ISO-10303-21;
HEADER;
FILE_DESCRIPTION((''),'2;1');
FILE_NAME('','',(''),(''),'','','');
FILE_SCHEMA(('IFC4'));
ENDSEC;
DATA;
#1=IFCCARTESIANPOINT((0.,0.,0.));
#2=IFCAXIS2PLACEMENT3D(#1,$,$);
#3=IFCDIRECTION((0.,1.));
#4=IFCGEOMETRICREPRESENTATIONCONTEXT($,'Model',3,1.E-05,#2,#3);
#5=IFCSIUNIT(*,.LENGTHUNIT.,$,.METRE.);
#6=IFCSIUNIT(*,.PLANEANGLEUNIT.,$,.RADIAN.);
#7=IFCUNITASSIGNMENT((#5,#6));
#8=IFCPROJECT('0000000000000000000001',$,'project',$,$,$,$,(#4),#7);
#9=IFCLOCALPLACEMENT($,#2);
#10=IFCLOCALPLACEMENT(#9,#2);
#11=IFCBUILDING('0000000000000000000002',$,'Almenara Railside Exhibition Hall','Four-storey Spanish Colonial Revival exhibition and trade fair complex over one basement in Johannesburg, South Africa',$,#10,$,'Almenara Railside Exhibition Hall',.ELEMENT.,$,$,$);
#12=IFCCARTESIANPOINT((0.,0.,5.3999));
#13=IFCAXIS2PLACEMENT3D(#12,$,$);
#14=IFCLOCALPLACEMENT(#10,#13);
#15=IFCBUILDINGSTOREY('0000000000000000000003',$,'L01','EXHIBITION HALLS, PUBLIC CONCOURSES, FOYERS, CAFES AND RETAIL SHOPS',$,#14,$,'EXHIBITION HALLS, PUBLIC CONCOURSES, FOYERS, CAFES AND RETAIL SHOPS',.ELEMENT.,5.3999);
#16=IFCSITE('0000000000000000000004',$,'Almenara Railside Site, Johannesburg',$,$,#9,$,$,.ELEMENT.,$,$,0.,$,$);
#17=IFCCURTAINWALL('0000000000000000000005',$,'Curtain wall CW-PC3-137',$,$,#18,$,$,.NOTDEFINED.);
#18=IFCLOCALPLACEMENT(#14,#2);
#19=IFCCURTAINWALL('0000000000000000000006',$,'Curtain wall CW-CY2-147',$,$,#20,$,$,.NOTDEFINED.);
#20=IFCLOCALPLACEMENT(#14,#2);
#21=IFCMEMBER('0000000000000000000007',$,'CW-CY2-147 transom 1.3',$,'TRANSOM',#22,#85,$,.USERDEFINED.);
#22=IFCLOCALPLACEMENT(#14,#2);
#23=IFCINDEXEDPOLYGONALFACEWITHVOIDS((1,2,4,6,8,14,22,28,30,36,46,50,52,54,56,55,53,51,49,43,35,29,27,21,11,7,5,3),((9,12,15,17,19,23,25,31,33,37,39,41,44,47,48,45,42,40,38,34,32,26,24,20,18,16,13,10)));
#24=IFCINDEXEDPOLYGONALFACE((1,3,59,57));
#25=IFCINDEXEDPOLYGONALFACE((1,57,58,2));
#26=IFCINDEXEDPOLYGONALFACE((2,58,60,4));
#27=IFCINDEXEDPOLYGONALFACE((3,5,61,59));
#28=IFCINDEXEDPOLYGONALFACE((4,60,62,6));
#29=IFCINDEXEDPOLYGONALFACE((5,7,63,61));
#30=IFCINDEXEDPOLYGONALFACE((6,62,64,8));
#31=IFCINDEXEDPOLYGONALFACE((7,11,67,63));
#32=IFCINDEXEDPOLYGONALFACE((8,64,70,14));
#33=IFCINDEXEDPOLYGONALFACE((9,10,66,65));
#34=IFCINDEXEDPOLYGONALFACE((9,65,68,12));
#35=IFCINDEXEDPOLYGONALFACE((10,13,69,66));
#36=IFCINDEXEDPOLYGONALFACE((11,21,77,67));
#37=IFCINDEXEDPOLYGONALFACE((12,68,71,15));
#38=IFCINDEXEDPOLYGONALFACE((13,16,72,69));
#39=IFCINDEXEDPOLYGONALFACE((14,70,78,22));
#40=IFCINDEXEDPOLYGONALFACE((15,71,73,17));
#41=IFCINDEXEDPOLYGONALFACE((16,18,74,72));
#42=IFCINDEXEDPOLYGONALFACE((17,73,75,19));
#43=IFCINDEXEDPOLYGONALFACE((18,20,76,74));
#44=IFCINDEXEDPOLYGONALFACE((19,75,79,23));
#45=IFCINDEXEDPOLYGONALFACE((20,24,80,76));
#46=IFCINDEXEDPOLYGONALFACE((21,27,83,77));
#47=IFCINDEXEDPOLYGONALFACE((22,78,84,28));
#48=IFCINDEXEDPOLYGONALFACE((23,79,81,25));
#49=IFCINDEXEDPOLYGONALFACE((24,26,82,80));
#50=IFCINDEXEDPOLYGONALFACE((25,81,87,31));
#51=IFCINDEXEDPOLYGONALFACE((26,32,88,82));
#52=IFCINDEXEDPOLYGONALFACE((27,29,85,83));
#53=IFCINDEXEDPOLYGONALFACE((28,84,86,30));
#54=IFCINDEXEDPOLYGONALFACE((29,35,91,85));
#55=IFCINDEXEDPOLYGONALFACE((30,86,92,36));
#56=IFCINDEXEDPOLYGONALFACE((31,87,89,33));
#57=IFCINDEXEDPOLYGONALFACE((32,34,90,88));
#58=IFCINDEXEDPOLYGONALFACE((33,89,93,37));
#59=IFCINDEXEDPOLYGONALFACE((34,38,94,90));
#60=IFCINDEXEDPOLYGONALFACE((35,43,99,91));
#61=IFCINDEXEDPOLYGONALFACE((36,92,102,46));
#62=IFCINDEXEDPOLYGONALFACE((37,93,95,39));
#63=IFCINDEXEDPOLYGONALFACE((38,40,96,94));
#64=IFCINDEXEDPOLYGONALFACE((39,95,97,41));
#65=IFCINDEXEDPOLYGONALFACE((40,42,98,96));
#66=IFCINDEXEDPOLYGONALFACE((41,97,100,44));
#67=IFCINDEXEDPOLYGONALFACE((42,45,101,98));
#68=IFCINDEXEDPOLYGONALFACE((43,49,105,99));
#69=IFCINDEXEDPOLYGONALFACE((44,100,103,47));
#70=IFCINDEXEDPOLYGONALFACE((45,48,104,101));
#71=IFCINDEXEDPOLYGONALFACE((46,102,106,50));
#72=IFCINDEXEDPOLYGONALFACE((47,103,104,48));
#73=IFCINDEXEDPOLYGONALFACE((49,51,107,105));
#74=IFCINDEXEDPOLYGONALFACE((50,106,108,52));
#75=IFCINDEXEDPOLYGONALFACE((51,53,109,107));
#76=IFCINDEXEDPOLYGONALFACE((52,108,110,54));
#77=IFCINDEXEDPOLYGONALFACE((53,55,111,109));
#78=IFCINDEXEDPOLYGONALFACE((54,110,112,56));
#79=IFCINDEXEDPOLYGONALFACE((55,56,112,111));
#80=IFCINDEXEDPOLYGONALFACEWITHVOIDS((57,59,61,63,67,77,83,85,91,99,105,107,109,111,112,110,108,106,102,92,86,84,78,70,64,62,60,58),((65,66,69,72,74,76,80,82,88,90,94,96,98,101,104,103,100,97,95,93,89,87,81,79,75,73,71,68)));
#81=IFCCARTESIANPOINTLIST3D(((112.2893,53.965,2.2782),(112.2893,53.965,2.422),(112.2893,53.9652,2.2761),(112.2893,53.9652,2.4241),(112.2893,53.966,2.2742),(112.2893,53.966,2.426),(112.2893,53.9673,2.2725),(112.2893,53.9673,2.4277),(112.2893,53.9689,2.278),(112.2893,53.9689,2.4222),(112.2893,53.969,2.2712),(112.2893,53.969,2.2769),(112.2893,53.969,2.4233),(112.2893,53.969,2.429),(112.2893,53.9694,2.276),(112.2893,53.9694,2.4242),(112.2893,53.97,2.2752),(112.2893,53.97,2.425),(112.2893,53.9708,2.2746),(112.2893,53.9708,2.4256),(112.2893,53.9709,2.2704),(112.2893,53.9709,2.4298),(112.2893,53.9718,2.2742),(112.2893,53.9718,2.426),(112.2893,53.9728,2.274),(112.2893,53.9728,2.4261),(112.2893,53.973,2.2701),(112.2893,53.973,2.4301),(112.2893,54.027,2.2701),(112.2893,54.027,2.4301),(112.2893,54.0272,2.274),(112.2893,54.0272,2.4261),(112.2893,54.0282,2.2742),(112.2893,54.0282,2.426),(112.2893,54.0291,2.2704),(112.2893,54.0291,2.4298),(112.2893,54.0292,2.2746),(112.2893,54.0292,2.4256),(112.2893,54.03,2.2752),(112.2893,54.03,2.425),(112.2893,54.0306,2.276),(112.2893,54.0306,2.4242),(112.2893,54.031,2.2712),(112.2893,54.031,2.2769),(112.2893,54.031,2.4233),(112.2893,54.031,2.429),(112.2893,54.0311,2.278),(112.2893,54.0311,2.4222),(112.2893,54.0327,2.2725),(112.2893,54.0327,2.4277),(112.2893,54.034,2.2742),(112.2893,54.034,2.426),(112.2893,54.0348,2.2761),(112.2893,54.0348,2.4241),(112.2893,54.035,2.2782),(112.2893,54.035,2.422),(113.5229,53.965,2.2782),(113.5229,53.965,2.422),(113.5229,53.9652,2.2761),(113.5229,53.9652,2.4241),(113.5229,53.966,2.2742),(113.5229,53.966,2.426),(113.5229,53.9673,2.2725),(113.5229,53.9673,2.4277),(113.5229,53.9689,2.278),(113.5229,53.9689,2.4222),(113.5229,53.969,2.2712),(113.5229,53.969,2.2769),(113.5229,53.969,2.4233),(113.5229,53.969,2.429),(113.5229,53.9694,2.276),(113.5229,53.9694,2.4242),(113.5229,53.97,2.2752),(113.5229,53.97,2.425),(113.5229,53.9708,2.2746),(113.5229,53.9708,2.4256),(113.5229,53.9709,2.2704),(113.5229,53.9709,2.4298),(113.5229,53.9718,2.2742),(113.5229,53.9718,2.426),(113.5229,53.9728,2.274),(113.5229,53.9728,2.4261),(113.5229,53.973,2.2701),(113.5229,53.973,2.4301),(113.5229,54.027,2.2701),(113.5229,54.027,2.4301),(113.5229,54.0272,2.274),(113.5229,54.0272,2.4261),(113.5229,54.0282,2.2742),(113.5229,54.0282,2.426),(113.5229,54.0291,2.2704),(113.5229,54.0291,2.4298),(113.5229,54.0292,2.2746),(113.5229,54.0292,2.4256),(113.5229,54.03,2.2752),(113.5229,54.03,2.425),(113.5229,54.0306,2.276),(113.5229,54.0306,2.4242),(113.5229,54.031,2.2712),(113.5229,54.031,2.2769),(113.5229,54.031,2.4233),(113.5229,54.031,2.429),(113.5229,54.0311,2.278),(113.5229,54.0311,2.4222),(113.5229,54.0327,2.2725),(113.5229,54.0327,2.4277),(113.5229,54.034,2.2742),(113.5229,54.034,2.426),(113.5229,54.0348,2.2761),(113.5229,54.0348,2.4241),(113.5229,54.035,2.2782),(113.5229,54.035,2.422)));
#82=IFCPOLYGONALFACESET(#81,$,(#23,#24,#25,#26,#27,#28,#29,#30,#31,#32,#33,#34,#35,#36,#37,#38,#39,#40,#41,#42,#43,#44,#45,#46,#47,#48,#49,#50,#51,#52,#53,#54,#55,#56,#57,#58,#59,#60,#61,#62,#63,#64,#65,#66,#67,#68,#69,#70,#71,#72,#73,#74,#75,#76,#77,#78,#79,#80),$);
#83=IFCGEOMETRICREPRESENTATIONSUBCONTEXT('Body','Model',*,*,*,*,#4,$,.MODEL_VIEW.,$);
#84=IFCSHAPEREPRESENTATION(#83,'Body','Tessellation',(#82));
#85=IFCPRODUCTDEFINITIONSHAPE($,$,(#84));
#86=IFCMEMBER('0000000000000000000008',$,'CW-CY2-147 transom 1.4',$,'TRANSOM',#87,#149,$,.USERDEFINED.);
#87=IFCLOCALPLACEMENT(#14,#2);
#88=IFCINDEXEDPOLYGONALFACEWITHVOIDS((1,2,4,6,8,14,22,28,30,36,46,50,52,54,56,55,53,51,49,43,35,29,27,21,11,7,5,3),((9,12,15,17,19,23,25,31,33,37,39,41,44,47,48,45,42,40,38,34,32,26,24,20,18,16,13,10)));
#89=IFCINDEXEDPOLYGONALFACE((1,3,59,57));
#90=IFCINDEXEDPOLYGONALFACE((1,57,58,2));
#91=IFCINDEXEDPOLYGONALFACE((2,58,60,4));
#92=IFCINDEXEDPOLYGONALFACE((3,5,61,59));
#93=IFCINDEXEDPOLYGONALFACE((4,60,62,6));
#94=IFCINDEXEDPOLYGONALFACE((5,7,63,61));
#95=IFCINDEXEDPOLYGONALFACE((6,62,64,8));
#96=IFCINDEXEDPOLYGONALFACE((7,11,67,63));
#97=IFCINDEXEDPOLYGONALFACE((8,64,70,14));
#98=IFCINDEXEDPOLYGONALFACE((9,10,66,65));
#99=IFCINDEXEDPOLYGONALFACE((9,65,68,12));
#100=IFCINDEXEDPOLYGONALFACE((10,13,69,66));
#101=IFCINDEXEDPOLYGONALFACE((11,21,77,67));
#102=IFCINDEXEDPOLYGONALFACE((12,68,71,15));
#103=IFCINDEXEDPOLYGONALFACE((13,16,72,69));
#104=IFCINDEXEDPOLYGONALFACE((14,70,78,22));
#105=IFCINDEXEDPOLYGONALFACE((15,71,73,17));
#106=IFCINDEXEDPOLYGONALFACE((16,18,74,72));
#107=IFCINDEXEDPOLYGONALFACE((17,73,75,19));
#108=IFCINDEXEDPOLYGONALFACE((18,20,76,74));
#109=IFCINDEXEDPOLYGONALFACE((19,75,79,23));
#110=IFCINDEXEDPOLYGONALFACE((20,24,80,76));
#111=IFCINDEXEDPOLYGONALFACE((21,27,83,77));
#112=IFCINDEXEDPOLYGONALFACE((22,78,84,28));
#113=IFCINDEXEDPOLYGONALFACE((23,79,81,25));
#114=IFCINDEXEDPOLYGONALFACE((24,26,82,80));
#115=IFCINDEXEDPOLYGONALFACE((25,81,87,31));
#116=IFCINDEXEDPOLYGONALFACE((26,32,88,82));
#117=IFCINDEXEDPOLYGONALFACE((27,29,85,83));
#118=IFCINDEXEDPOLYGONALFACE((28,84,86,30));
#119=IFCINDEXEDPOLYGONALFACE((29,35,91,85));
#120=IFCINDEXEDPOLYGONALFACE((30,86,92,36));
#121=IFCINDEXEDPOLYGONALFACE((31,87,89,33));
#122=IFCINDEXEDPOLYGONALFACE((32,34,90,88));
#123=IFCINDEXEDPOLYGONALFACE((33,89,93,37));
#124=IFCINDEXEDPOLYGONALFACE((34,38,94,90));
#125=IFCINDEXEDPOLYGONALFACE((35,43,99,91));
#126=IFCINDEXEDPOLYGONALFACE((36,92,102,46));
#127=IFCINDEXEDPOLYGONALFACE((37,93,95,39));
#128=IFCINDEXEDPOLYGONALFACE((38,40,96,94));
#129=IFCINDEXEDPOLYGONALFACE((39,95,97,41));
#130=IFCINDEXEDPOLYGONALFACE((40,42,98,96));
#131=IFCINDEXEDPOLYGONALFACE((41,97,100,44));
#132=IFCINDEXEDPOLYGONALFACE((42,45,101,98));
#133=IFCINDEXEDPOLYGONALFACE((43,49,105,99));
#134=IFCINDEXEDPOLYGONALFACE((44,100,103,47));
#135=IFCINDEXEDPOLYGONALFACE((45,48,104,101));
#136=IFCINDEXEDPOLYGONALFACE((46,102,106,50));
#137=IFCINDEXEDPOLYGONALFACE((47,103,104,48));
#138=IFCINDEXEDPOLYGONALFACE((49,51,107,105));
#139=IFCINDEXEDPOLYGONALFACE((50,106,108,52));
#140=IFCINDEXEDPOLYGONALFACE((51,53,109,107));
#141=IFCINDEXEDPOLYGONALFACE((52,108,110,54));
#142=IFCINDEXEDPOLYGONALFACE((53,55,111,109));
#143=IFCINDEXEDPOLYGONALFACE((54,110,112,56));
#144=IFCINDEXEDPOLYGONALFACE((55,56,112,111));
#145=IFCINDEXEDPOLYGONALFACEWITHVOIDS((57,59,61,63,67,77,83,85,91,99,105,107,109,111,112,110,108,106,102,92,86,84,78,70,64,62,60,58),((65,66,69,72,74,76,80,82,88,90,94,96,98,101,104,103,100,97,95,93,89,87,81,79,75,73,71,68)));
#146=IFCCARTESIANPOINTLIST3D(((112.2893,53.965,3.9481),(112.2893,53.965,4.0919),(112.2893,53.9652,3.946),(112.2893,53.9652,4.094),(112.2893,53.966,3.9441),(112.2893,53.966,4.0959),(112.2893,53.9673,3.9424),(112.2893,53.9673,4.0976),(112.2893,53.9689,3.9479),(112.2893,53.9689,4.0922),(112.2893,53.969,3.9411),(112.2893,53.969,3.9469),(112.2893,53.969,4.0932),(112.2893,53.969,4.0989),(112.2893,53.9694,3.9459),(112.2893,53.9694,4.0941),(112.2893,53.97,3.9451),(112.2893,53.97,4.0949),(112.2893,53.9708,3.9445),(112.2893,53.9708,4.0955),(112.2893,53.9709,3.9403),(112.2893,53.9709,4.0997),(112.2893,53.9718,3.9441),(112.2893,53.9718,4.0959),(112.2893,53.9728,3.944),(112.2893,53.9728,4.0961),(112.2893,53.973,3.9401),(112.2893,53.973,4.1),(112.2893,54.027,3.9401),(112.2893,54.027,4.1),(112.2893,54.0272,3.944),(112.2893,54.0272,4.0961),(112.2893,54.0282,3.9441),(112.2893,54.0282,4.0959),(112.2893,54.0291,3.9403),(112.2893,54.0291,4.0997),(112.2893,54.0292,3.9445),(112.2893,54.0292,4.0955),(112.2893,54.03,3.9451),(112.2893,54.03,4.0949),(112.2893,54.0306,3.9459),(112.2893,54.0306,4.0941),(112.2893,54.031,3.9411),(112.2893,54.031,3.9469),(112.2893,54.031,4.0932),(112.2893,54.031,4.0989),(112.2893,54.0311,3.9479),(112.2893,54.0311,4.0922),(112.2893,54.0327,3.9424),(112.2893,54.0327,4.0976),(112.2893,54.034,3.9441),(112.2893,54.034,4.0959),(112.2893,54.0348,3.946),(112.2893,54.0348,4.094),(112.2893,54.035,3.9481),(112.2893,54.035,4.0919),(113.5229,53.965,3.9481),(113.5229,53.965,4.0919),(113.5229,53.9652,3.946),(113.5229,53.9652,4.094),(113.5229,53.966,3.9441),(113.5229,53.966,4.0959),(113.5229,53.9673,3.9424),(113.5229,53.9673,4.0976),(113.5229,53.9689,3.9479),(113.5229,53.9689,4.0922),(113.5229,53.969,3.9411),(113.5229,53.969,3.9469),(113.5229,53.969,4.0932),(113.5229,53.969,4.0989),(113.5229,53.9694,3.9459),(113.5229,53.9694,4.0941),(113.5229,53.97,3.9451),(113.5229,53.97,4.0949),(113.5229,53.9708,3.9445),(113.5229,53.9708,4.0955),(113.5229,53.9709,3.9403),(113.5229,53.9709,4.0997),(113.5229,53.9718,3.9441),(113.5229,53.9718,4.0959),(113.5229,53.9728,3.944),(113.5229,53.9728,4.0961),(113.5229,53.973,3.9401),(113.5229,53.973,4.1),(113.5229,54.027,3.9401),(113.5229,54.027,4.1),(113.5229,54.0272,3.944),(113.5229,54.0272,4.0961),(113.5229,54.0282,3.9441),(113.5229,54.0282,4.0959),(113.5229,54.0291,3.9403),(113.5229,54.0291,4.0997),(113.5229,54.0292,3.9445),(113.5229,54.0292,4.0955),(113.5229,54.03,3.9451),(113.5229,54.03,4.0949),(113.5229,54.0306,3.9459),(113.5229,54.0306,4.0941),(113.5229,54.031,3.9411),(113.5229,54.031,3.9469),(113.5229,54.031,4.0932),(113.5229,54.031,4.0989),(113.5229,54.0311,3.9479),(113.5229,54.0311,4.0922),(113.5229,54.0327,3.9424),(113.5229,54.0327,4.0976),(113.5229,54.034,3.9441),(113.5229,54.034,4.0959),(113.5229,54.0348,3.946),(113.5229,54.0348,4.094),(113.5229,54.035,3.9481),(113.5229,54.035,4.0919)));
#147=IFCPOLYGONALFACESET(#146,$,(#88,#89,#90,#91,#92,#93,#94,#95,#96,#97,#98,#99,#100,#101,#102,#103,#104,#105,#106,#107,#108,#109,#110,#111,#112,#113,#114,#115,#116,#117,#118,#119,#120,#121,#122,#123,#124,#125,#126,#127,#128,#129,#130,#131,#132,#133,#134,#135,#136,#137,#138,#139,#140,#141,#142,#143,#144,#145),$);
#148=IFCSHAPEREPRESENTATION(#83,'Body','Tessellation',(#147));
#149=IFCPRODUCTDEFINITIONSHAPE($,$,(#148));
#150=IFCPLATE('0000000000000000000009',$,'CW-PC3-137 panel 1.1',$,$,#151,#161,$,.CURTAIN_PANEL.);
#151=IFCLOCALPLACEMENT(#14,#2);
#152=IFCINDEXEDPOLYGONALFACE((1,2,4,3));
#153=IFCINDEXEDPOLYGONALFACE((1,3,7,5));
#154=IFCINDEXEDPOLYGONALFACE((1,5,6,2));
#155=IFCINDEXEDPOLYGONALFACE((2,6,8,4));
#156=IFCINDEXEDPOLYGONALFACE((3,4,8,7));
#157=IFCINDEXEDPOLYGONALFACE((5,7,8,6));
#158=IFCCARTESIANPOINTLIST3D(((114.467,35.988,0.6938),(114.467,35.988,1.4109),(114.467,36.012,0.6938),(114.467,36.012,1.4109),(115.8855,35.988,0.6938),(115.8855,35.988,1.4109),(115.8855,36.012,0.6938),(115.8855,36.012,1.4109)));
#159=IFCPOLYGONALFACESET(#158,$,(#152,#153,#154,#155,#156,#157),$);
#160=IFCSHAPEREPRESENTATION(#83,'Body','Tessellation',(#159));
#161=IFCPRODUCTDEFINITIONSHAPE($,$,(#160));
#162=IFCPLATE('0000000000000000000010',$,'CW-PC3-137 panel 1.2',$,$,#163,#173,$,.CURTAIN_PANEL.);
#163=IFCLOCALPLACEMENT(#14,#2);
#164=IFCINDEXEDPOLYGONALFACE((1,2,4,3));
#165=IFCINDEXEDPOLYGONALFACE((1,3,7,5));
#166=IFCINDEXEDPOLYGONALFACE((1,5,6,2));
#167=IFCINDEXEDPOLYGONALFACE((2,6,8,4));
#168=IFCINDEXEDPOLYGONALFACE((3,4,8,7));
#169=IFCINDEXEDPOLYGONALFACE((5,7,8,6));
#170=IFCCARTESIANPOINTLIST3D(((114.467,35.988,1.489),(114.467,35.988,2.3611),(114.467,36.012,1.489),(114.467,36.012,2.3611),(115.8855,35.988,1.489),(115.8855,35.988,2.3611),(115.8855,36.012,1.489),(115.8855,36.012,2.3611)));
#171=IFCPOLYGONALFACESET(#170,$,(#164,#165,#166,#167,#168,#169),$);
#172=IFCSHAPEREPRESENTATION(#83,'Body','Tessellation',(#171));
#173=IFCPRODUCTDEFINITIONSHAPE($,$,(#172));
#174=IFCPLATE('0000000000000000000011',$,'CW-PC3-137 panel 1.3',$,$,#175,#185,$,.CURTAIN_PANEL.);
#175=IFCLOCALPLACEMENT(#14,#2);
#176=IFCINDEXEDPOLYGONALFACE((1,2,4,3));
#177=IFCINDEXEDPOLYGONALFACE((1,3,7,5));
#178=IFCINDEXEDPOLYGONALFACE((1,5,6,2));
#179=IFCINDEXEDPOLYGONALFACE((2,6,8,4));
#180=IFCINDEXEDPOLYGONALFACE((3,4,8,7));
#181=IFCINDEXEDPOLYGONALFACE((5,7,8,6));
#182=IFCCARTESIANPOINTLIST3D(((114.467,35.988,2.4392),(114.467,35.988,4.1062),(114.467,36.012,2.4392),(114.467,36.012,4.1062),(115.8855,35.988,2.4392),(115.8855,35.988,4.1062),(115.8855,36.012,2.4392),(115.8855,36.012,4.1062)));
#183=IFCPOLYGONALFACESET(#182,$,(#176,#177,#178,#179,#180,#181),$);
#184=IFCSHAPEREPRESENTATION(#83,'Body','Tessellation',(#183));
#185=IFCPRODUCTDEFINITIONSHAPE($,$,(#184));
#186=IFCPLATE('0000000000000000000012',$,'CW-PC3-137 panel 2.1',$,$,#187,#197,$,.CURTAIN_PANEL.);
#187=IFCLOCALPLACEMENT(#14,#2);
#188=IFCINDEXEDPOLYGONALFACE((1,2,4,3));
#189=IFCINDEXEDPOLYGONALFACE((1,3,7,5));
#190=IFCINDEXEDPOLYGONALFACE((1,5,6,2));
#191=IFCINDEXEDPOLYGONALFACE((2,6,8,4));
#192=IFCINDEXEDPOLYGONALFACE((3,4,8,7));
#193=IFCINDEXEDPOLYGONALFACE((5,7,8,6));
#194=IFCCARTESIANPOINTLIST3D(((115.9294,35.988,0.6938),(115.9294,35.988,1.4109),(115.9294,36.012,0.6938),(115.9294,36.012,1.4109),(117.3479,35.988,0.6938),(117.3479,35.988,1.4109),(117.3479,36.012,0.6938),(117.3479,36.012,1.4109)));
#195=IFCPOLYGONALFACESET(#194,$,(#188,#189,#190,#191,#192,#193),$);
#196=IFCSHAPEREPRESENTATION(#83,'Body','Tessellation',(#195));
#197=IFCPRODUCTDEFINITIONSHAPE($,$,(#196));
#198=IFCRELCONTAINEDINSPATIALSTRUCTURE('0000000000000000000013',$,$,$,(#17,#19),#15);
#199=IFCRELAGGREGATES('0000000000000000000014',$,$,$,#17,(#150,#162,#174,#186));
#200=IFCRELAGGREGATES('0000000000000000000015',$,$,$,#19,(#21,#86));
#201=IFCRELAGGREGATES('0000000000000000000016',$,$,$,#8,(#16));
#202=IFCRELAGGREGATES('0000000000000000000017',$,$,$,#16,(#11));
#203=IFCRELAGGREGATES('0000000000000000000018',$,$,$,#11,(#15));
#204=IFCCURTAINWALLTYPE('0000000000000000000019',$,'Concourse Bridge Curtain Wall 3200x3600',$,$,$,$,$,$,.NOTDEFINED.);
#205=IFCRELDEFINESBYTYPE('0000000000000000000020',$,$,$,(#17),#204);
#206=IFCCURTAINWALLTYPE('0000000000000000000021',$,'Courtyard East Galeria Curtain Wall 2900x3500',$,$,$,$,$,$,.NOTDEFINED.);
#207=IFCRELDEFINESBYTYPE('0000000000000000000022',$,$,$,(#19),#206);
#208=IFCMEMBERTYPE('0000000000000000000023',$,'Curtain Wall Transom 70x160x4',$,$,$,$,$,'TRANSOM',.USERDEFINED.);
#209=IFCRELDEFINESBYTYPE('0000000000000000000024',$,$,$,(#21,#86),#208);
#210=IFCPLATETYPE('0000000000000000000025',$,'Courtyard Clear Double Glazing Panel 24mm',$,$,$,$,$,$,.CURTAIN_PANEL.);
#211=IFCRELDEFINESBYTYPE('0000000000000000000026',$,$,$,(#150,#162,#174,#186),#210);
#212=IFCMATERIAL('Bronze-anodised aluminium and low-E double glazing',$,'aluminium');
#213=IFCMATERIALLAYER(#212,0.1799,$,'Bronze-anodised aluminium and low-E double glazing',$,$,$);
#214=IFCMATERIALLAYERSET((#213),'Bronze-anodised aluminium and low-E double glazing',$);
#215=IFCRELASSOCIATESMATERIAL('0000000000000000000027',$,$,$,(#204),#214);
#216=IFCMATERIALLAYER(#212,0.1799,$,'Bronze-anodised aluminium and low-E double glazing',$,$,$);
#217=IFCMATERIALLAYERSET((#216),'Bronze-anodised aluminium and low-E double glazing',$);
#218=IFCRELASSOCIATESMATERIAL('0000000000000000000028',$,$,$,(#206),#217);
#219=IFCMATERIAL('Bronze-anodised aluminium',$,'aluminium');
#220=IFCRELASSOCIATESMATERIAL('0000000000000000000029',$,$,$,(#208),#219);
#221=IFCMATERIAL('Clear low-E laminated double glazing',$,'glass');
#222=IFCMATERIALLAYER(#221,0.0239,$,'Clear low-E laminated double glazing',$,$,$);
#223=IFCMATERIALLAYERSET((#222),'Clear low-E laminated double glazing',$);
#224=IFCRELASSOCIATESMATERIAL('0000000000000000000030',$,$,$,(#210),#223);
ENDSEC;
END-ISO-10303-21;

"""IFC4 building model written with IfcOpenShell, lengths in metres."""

from ifc_helpers import new_model, si_unit, direction, frame, origin, origin_2d, place, context, subcontext, project, spatial, rectangle, hollow_rectangle, extrude, material, layer, layer_set, material_profile, profile_set, type_object, element, aggregate, save


model = new_model("IFC4")

# Units and contexts
model_context = context("Model", 3, precision=1e-05, world=origin(), true_north=direction((0.0, 1.0)))
body_context = subcontext(model_context, "Body", "Model", "MODEL_VIEW")
ifc_project = project(units=[si_unit("LENGTHUNIT", "METRE"), si_unit("PLANEANGLEUNIT", "RADIAN")], contexts=[model_context])

# Site, building, storey
site_placement = place(None, origin())
site = spatial("IfcSite", under=ifc_project, at=site_placement, Name="Almenara Railside Site, Johannesburg", CompositionType="ELEMENT", RefElevation=0.0)
building_placement = place(site_placement, origin())
building = spatial("IfcBuilding", under=site, at=building_placement, Name="Almenara Railside Exhibition Hall", Description="Four-storey Spanish Colonial Revival exhibition and trade fair complex over one basement in Johannesburg, South Africa", LongName="Almenara Railside Exhibition Hall", CompositionType="ELEMENT")
storey_placement = place(building_placement, frame((0.0, 0.0, 5.3999)))
storey = spatial("IfcBuildingStorey", under=building, at=storey_placement, Name="L01", Description="EXHIBITION HALLS, PUBLIC CONCOURSES, FOYERS, CAFES AND RETAIL SHOPS", LongName="EXHIBITION HALLS, PUBLIC CONCOURSES, FOYERS, CAFES AND RETAIL SHOPS", CompositionType="ELEMENT", Elevation=5.3999)

# Curtain wall
ifc_material_1 = material(Name="Bronze-anodised aluminium and low-E double glazing", Category="aluminium")
ifc_layer_1 = layer(ifc_material_1, 0.1799, Name="Bronze-anodised aluminium and low-E double glazing")
ifc_layer_set_1 = layer_set([ifc_layer_1], Name="Bronze-anodised aluminium and low-E double glazing")
curtain_wall_type_1 = type_object("IfcCurtainWallType", Name="Concourse Bridge Curtain Wall 3200x3600", PredefinedType="NOTDEFINED", material=ifc_layer_set_1)
curtain_wall_1_placement = place(storey_placement, origin())
curtain_wall_1 = element("IfcCurtainWall", 1, at=curtain_wall_1_placement, inside=storey, type_object=curtain_wall_type_1, Name="Curtain wall CW-PC3-137", PredefinedType="NOTDEFINED")
ifc_material_2 = material(Name="Bronze-anodised aluminium", Category="aluminium")

# Curtain wall
ifc_layer_2 = layer(ifc_material_1, 0.1799, Name="Bronze-anodised aluminium and low-E double glazing")
ifc_layer_set_2 = layer_set([ifc_layer_2], Name="Bronze-anodised aluminium and low-E double glazing")
curtain_wall_type_2 = type_object("IfcCurtainWallType", Name="Courtyard East Galeria Curtain Wall 2900x3500", PredefinedType="NOTDEFINED", material=ifc_layer_set_2)
curtain_wall_2_placement = place(storey_placement, origin())
curtain_wall_2 = element("IfcCurtainWall", 2, at=curtain_wall_2_placement, inside=storey, type_object=curtain_wall_type_2, Name="Curtain wall CW-CY2-147", PredefinedType="NOTDEFINED")

# Members
ifc_material_profile_1 = material_profile(ifc_material_2, hollow_rectangle(XDim=0.0701, YDim=0.1599, WallThickness=0.0039, InnerFilletRadius=0.0039, OuterFilletRadius=0.0081, at=origin_2d()), Name="ALU-TRN 70x160x4")
ifc_profile_set_1 = profile_set([ifc_material_profile_1], Name="Bronze-anodised aluminium")
member_type_1 = type_object("IfcMemberType", Name="Curtain Wall Transom 70x160x4", ElementType="TRANSOM", PredefinedType="USERDEFINED", material=ifc_profile_set_1)
member_1_placement = place(storey_placement, frame((112.2893, 54.0, 2.3501), z_axis=(1.0, 0.0, 0.0), x_axis=(0.0, 1.0, 0.0)))
member_1 = element("IfcMember", 3, at=member_1_placement, type_object=member_type_1, Name="CW-CY2-147 transom 1.3", ObjectType="TRANSOM", PredefinedType="USERDEFINED", context=body_context, shape_type="SweptSolid", body=[
    extrude(hollow_rectangle(XDim=0.0701, YDim=0.1599, WallThickness=0.0039, InnerFilletRadius=0.0039, OuterFilletRadius=0.0081, at=origin_2d()), origin(), (0.0, 0.0, 1.0), 1.2336),
])
member_2_placement = place(storey_placement, frame((112.2893, 54.0, 4.02), z_axis=(1.0, 0.0, 0.0), x_axis=(0.0, 1.0, 0.0)))
member_2 = element("IfcMember", 4, at=member_2_placement, type_object=member_type_1, Name="CW-CY2-147 transom 1.4", ObjectType="TRANSOM", PredefinedType="USERDEFINED", context=body_context, shape_type="SweptSolid", body=[
    extrude(hollow_rectangle(XDim=0.0701, YDim=0.1599, WallThickness=0.0039, InnerFilletRadius=0.0039, OuterFilletRadius=0.0081, at=origin_2d()), origin(), (0.0, 0.0, 1.0), 1.2336),
])

# Plates
ifc_material_3 = material(Name="Clear low-E laminated double glazing", Category="glass")
ifc_layer_3 = layer(ifc_material_3, 0.0239, Name="Clear low-E laminated double glazing")
ifc_layer_set_3 = layer_set([ifc_layer_3], Name="Clear low-E laminated double glazing")
plate_type = type_object("IfcPlateType", Name="Courtyard Clear Double Glazing Panel 24mm", PredefinedType="CURTAIN_PANEL", material=ifc_layer_set_3)
plate_1_placement = place(storey_placement, frame((115.1763, 36.0, 0.6938), z_axis=(0.0, 0.0, 1.0), x_axis=(1.0, 0.0, 0.0)))
plate_1 = element("IfcPlate", 5, at=plate_1_placement, type_object=plate_type, Name="CW-PC3-137 panel 1.1", PredefinedType="CURTAIN_PANEL", context=body_context, shape_type="SweptSolid", body=[
    extrude(rectangle(XDim=1.4185, YDim=0.0239, at=origin_2d()), origin(), (0.0, 0.0, 1.0), 0.717),
])
plate_2_placement = place(storey_placement, frame((115.1763, 36.0, 1.489), z_axis=(0.0, 0.0, 1.0), x_axis=(1.0, 0.0, 0.0)))
plate_2 = element("IfcPlate", 6, at=plate_2_placement, type_object=plate_type, Name="CW-PC3-137 panel 1.2", PredefinedType="CURTAIN_PANEL", context=body_context, shape_type="SweptSolid", body=[
    extrude(rectangle(XDim=1.4185, YDim=0.0239, at=origin_2d()), origin(), (0.0, 0.0, 1.0), 0.8721),
])
plate_3_placement = place(storey_placement, frame((115.1763, 36.0, 2.4392), z_axis=(0.0, 0.0, 1.0), x_axis=(1.0, 0.0, 0.0)))
plate_3 = element("IfcPlate", 7, at=plate_3_placement, type_object=plate_type, Name="CW-PC3-137 panel 1.3", PredefinedType="CURTAIN_PANEL", context=body_context, shape_type="SweptSolid", body=[
    extrude(rectangle(XDim=1.4185, YDim=0.0239, at=origin_2d()), origin(), (0.0, 0.0, 1.0), 1.667),
])
plate_4_placement = place(storey_placement, frame((116.6387, 36.0, 0.6938), z_axis=(0.0, 0.0, 1.0), x_axis=(1.0, 0.0, 0.0)))
plate_4 = element("IfcPlate", 8, at=plate_4_placement, type_object=plate_type, Name="CW-PC3-137 panel 2.1", PredefinedType="CURTAIN_PANEL", context=body_context, shape_type="SweptSolid", body=[
    extrude(rectangle(XDim=1.4185, YDim=0.0239, at=origin_2d()), origin(), (0.0, 0.0, 1.0), 0.717),
])
aggregate(curtain_wall_1, [plate_1, plate_2, plate_3, plate_4])
aggregate(curtain_wall_2, [member_1, member_2])

save(model, "model.ifc")
